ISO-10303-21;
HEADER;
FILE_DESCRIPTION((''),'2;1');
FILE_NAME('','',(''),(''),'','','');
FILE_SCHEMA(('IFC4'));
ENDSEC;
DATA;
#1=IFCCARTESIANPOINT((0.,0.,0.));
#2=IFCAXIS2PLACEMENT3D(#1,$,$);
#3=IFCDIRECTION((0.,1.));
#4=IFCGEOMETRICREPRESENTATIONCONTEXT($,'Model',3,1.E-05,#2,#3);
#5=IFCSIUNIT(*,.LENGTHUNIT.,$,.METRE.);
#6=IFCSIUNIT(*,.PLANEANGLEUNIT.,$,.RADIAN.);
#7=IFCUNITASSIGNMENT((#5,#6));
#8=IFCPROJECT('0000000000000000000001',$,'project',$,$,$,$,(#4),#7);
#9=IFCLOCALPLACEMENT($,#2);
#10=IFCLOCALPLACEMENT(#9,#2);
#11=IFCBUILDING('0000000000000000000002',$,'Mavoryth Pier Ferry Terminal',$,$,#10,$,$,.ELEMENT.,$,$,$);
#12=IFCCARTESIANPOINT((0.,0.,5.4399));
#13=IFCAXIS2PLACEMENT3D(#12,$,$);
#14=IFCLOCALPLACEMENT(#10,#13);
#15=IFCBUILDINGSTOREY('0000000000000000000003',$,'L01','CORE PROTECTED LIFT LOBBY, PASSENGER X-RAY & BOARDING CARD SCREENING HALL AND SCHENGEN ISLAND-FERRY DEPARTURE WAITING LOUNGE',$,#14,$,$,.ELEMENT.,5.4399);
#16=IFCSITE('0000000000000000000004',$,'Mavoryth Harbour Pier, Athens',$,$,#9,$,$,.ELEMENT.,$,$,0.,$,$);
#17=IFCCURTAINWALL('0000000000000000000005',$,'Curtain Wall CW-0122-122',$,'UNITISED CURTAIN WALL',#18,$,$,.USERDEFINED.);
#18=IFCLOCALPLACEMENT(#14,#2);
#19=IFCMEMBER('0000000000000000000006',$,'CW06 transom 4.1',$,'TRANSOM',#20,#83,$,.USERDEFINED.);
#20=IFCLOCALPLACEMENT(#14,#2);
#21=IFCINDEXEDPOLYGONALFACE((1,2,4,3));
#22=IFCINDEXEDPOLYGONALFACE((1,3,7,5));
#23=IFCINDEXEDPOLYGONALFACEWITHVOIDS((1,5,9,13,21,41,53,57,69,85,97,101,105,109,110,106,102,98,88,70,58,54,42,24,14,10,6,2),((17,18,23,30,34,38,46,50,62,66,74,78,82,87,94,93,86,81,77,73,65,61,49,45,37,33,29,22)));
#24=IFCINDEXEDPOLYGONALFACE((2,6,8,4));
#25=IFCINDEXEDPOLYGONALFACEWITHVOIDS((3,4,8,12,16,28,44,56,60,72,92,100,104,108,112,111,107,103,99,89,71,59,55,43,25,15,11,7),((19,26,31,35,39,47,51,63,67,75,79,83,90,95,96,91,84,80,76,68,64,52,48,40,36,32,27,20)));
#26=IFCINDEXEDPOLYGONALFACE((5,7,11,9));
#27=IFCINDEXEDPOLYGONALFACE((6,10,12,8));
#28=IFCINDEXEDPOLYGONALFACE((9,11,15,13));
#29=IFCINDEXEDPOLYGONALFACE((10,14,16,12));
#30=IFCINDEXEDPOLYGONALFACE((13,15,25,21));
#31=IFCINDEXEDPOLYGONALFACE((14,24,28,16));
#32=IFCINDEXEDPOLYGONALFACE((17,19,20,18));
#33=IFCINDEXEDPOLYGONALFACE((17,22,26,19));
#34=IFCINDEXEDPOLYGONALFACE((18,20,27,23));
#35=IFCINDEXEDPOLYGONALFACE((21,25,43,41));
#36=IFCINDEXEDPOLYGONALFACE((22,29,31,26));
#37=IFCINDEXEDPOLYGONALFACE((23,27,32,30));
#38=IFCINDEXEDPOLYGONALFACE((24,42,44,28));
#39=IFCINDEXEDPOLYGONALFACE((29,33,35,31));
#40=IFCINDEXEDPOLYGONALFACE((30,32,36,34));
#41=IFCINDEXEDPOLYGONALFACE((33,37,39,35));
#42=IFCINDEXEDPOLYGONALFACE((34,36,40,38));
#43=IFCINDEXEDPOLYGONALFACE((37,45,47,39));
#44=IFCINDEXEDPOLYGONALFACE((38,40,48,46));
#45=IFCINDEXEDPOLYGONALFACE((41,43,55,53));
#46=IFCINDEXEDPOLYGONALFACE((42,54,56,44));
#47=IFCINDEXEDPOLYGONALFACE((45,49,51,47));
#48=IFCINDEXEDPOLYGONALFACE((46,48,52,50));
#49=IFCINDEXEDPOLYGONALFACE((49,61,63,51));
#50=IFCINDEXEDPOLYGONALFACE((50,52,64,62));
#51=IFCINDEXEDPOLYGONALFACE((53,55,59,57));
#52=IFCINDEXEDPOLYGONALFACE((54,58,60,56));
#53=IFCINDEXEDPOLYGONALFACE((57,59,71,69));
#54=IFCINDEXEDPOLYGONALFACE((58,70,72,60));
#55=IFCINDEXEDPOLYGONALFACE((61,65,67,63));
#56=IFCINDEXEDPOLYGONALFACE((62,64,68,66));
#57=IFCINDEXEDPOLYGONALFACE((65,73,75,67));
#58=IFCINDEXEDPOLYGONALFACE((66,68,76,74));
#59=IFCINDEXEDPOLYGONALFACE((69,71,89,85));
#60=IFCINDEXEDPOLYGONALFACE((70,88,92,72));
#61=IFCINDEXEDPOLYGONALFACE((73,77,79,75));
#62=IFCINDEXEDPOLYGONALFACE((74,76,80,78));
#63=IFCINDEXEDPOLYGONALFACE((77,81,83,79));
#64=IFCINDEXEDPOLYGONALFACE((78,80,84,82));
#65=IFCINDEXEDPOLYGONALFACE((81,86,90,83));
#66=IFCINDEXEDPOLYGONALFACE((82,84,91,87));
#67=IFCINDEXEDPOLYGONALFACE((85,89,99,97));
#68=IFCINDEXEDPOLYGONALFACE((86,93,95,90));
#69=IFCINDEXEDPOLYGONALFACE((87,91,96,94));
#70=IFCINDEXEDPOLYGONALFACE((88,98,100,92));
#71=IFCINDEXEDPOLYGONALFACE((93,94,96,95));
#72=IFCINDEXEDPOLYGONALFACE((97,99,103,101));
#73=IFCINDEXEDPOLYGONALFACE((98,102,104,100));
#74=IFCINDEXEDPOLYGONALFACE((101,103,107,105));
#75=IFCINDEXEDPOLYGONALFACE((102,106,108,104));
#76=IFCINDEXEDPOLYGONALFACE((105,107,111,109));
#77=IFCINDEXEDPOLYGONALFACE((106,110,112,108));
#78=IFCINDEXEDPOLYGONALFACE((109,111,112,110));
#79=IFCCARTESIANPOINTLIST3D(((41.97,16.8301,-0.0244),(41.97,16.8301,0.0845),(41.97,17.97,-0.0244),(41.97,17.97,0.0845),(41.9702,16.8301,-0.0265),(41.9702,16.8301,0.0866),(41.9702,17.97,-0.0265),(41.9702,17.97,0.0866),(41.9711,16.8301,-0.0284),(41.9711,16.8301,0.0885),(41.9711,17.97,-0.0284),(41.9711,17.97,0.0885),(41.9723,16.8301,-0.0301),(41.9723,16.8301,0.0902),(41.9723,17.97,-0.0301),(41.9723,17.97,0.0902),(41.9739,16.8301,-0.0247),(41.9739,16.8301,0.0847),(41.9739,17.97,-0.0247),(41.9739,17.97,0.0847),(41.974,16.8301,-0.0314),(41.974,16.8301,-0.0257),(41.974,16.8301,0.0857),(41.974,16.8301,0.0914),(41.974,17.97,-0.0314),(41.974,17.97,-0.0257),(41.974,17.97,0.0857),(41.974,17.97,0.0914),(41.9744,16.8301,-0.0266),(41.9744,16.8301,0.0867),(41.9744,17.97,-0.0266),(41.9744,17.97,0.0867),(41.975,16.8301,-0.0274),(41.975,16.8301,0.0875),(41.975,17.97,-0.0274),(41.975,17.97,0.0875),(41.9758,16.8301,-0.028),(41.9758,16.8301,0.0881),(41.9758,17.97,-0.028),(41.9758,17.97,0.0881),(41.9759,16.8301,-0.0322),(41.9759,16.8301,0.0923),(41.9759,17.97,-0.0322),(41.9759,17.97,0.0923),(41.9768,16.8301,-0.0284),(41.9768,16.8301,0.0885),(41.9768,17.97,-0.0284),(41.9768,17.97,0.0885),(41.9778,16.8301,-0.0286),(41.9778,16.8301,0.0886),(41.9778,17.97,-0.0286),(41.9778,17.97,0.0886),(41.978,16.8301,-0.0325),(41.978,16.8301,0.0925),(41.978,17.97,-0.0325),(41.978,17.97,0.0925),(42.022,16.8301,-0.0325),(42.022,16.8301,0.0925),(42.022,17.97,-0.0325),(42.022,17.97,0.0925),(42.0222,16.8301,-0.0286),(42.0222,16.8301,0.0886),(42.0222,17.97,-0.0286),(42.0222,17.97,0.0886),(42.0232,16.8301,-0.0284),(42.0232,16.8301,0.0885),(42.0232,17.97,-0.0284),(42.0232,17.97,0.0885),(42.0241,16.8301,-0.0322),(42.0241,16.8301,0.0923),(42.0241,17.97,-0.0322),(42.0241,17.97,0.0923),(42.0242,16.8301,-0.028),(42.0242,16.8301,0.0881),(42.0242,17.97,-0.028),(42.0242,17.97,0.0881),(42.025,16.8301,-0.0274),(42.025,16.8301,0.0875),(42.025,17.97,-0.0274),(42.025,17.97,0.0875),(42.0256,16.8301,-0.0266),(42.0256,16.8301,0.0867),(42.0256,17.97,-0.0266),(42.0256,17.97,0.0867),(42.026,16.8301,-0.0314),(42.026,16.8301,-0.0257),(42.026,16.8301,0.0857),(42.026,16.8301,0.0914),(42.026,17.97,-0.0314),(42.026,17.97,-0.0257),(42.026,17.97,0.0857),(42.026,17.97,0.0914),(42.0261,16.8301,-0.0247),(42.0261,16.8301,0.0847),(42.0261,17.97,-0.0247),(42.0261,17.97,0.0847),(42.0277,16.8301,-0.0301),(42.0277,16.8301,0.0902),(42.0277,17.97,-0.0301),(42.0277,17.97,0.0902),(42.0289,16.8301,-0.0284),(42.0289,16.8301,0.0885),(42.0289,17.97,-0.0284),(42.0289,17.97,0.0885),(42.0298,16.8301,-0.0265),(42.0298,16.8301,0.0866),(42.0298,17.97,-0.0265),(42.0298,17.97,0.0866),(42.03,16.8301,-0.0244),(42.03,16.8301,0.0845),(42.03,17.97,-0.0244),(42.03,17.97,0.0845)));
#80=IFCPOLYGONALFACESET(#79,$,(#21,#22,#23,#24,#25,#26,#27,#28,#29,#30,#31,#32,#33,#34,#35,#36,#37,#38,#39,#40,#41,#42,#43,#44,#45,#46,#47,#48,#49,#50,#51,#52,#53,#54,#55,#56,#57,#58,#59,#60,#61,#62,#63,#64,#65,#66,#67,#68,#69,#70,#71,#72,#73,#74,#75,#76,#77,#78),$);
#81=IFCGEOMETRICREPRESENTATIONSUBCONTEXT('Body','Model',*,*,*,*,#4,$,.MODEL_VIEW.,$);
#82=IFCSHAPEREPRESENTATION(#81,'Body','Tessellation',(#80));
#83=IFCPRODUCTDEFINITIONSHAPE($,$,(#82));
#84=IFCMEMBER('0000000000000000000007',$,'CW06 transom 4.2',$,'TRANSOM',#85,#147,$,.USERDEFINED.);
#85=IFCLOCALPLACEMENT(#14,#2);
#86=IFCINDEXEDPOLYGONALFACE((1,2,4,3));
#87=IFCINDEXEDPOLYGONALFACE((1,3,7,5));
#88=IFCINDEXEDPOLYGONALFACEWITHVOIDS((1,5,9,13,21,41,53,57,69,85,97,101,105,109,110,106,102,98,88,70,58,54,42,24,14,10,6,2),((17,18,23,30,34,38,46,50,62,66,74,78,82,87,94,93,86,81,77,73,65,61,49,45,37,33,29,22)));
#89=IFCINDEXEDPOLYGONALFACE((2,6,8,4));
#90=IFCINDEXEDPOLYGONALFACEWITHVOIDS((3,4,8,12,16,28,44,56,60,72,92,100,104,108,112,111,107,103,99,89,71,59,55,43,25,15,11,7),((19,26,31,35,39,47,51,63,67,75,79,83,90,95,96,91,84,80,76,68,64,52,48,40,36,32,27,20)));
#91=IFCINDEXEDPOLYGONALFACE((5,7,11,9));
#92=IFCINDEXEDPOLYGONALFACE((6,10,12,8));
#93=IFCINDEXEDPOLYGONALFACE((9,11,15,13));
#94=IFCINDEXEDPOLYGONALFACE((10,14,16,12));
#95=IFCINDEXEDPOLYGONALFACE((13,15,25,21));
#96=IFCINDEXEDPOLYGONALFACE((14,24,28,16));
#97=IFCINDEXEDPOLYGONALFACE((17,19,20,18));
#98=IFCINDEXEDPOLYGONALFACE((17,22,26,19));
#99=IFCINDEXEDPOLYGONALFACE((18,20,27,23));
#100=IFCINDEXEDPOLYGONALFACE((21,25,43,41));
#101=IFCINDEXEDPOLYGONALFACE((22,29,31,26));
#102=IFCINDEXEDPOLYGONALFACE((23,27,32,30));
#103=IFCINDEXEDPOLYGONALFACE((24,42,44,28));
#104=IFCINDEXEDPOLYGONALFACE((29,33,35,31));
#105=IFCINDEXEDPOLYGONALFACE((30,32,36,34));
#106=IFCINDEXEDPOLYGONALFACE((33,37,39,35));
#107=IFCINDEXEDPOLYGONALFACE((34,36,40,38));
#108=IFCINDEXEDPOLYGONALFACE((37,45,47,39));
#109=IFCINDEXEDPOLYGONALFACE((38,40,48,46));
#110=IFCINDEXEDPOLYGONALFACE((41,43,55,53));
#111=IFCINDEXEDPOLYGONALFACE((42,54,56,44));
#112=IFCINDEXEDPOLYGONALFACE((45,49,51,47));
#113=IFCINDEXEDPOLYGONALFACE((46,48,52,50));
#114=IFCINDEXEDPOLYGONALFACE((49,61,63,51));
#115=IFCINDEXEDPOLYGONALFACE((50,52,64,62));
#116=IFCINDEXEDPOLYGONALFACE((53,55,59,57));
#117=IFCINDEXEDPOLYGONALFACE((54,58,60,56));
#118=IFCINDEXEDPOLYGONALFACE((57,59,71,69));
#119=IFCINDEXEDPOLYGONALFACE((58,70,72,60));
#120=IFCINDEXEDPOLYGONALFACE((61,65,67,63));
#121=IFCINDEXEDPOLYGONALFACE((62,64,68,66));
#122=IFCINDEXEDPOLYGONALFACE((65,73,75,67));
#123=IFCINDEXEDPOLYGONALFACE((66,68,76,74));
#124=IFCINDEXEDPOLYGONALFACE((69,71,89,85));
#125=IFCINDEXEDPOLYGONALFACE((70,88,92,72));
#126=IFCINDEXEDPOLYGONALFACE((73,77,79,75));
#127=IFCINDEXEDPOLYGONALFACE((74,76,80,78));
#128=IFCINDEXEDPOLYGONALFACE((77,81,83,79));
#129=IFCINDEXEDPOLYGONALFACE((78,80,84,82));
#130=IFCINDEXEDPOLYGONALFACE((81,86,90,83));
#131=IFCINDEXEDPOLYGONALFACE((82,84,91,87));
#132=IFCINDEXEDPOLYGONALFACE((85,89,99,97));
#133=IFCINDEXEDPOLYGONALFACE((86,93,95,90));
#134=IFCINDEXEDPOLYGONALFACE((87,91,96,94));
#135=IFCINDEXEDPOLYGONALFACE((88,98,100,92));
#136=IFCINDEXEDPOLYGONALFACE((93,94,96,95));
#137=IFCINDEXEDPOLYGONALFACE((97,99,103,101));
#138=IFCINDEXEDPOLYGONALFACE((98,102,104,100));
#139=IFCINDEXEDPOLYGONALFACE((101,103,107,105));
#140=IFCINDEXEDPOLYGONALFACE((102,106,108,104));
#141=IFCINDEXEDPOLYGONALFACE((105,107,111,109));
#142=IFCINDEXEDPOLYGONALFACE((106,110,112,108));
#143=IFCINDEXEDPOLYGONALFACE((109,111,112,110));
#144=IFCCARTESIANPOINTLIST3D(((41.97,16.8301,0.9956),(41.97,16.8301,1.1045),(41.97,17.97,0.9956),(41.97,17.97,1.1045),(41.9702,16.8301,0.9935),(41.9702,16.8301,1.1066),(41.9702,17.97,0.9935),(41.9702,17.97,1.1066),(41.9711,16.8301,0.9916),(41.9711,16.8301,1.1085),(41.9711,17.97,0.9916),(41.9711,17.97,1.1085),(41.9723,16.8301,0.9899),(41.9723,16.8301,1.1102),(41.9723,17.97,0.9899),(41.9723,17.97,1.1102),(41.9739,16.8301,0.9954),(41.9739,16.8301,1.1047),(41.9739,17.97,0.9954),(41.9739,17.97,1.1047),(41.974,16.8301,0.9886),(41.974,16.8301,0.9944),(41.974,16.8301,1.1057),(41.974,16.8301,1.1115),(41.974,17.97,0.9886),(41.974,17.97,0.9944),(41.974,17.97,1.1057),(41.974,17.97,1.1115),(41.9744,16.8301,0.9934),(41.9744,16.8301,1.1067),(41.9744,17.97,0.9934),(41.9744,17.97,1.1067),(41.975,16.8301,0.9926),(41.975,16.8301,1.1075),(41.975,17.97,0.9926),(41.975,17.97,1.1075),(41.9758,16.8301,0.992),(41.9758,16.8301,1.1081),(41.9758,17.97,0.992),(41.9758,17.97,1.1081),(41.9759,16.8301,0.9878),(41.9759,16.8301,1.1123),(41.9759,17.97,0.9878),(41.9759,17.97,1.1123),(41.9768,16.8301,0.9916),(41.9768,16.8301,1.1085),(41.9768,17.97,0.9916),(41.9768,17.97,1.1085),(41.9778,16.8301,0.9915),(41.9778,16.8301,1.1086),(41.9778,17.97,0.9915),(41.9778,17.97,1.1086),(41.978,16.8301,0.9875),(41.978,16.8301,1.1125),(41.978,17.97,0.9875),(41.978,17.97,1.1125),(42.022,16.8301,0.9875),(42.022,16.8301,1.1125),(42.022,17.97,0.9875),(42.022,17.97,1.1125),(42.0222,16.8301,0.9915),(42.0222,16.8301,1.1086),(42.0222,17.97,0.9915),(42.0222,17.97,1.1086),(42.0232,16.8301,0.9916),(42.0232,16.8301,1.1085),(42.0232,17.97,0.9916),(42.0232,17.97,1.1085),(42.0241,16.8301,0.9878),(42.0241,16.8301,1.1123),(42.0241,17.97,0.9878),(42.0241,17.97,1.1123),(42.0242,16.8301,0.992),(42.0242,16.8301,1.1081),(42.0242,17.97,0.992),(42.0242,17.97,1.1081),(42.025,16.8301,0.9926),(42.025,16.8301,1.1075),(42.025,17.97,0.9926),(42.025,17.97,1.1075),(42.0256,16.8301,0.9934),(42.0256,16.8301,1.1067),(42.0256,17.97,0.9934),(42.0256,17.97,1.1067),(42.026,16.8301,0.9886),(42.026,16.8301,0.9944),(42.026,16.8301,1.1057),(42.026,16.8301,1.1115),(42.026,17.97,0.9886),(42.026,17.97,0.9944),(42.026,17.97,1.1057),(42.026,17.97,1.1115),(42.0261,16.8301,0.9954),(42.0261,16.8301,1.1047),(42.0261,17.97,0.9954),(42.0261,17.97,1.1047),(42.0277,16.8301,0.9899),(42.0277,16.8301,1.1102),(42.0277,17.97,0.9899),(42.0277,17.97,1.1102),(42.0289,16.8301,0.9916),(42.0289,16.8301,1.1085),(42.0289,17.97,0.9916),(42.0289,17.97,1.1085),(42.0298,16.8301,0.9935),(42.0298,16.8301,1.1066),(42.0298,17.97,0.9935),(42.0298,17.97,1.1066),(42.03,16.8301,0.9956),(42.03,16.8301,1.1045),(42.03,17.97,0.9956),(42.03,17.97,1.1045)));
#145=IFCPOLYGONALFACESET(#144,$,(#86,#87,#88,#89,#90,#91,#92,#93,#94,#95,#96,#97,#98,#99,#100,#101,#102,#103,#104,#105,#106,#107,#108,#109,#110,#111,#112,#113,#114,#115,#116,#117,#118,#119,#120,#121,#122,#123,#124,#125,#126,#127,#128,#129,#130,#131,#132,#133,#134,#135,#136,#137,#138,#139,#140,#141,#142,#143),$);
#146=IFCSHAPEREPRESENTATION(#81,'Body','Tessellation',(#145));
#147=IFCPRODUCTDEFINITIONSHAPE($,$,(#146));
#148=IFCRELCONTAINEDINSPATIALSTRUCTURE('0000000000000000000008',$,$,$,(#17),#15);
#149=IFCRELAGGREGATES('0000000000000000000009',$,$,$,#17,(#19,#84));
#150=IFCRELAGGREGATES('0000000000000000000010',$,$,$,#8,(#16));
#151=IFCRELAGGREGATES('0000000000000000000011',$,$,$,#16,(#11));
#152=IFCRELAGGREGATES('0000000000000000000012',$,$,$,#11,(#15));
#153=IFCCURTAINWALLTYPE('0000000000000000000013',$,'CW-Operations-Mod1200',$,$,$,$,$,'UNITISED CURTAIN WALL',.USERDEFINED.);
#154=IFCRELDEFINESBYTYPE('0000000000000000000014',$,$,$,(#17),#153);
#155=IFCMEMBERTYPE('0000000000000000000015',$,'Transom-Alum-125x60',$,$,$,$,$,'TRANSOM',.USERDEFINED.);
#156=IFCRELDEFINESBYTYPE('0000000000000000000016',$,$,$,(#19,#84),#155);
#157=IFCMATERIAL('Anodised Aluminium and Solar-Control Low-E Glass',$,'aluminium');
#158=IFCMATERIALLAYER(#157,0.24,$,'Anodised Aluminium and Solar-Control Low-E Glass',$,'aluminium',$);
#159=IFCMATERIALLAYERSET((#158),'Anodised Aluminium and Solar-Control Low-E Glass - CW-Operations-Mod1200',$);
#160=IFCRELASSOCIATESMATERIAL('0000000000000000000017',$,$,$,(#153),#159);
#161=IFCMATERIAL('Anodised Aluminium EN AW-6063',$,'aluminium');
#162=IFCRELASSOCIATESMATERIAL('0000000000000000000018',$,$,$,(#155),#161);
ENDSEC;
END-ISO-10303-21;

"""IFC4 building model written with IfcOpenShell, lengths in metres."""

from ifc_helpers import new_model, si_unit, direction, frame, origin, origin_2d, place, context, subcontext, project, spatial, hollow_rectangle, extrude, material, layer, layer_set, material_profile, profile_set, type_object, element, aggregate, save


model = new_model("IFC4")

# Units and contexts
model_context = context("Model", 3, precision=1e-05, world=origin(), true_north=direction((0.0, 1.0)))
body_context = subcontext(model_context, "Body", "Model", "MODEL_VIEW")
ifc_project = project(units=[si_unit("LENGTHUNIT", "METRE"), si_unit("PLANEANGLEUNIT", "RADIAN")], contexts=[model_context])

# Site, building, storey
site_placement = place(None, origin())
site = spatial("IfcSite", under=ifc_project, at=site_placement, Name="Mavoryth Harbour Pier, Athens", CompositionType="ELEMENT", RefElevation=0.0)
building_placement = place(site_placement, origin())
building = spatial("IfcBuilding", under=site, at=building_placement, Name="Mavoryth Pier Ferry Terminal", CompositionType="ELEMENT")
storey_placement = place(building_placement, frame((0.0, 0.0, 5.4399)))
storey = spatial("IfcBuildingStorey", under=building, at=storey_placement, Name="L01", Description="CORE PROTECTED LIFT LOBBY, PASSENGER X-RAY & BOARDING CARD SCREENING HALL AND SCHENGEN ISLAND-FERRY DEPARTURE WAITING LOUNGE", CompositionType="ELEMENT", Elevation=5.4399)

# Curtain wall, members
ifc_material_1 = material(Name="Anodised Aluminium and Solar-Control Low-E Glass", Category="aluminium")
ifc_layer_1 = layer(ifc_material_1, 0.24, Name="Anodised Aluminium and Solar-Control Low-E Glass", Category="aluminium")
ifc_layer_set_1 = layer_set([ifc_layer_1], Name="Anodised Aluminium and Solar-Control Low-E Glass - CW-Operations-Mod1200")
curtain_wall_type = type_object("IfcCurtainWallType", Name="CW-Operations-Mod1200", ElementType="UNITISED CURTAIN WALL", PredefinedType="USERDEFINED", material=ifc_layer_set_1)
curtain_wall_placement = place(storey_placement, origin())
curtain_wall = element("IfcCurtainWall", 1, at=curtain_wall_placement, inside=storey, type_object=curtain_wall_type, Name="Curtain Wall CW-0122-122", ObjectType="UNITISED CURTAIN WALL", PredefinedType="USERDEFINED")
ifc_material_2 = material(Name="Anodised Aluminium EN AW-6063", Category="aluminium")
ifc_material_profile_1 = material_profile(ifc_material_2, hollow_rectangle(XDim=0.0601, YDim=0.125, WallThickness=0.0039, InnerFilletRadius=0.0039, OuterFilletRadius=0.0081, at=origin_2d()), Name="AL-TRAN 125x60x4", Category="aluminium")
ifc_profile_set_1 = profile_set([ifc_material_profile_1], Name="Anodised Aluminium EN AW-6063 - AL-TRAN 125x60x4")
member_type_1 = type_object("IfcMemberType", Name="Transom-Alum-125x60", ElementType="TRANSOM", PredefinedType="USERDEFINED", material=ifc_profile_set_1)
member_1_placement = place(storey_placement, frame((42.0, 17.97, 0.03), z_axis=(0.0, -1.0, 0.0), x_axis=(1.0, 0.0, 0.0)))
member_1 = element("IfcMember", 2, at=member_1_placement, type_object=member_type_1, Name="CW06 transom 4.1", ObjectType="TRANSOM", PredefinedType="USERDEFINED", context=body_context, shape_type="SweptSolid", body=[
    extrude(hollow_rectangle(XDim=0.0601, YDim=0.125, WallThickness=0.0039, InnerFilletRadius=0.0039, OuterFilletRadius=0.0081, at=origin_2d()), origin(), (0.0, 0.0, 1.0), 1.1399),
])
member_2_placement = place(storey_placement, frame((42.0, 17.97, 1.05), z_axis=(0.0, -1.0, 0.0), x_axis=(1.0, 0.0, 0.0)))
member_2 = element("IfcMember", 3, at=member_2_placement, type_object=member_type_1, Name="CW06 transom 4.2", ObjectType="TRANSOM", PredefinedType="USERDEFINED", context=body_context, shape_type="SweptSolid", body=[
    extrude(hollow_rectangle(XDim=0.0601, YDim=0.125, WallThickness=0.0039, InnerFilletRadius=0.0039, OuterFilletRadius=0.0081, at=origin_2d()), origin(), (0.0, 0.0, 1.0), 1.1399),
])
aggregate(curtain_wall, [member_1, member_2])

save(model, "model.ifc")
